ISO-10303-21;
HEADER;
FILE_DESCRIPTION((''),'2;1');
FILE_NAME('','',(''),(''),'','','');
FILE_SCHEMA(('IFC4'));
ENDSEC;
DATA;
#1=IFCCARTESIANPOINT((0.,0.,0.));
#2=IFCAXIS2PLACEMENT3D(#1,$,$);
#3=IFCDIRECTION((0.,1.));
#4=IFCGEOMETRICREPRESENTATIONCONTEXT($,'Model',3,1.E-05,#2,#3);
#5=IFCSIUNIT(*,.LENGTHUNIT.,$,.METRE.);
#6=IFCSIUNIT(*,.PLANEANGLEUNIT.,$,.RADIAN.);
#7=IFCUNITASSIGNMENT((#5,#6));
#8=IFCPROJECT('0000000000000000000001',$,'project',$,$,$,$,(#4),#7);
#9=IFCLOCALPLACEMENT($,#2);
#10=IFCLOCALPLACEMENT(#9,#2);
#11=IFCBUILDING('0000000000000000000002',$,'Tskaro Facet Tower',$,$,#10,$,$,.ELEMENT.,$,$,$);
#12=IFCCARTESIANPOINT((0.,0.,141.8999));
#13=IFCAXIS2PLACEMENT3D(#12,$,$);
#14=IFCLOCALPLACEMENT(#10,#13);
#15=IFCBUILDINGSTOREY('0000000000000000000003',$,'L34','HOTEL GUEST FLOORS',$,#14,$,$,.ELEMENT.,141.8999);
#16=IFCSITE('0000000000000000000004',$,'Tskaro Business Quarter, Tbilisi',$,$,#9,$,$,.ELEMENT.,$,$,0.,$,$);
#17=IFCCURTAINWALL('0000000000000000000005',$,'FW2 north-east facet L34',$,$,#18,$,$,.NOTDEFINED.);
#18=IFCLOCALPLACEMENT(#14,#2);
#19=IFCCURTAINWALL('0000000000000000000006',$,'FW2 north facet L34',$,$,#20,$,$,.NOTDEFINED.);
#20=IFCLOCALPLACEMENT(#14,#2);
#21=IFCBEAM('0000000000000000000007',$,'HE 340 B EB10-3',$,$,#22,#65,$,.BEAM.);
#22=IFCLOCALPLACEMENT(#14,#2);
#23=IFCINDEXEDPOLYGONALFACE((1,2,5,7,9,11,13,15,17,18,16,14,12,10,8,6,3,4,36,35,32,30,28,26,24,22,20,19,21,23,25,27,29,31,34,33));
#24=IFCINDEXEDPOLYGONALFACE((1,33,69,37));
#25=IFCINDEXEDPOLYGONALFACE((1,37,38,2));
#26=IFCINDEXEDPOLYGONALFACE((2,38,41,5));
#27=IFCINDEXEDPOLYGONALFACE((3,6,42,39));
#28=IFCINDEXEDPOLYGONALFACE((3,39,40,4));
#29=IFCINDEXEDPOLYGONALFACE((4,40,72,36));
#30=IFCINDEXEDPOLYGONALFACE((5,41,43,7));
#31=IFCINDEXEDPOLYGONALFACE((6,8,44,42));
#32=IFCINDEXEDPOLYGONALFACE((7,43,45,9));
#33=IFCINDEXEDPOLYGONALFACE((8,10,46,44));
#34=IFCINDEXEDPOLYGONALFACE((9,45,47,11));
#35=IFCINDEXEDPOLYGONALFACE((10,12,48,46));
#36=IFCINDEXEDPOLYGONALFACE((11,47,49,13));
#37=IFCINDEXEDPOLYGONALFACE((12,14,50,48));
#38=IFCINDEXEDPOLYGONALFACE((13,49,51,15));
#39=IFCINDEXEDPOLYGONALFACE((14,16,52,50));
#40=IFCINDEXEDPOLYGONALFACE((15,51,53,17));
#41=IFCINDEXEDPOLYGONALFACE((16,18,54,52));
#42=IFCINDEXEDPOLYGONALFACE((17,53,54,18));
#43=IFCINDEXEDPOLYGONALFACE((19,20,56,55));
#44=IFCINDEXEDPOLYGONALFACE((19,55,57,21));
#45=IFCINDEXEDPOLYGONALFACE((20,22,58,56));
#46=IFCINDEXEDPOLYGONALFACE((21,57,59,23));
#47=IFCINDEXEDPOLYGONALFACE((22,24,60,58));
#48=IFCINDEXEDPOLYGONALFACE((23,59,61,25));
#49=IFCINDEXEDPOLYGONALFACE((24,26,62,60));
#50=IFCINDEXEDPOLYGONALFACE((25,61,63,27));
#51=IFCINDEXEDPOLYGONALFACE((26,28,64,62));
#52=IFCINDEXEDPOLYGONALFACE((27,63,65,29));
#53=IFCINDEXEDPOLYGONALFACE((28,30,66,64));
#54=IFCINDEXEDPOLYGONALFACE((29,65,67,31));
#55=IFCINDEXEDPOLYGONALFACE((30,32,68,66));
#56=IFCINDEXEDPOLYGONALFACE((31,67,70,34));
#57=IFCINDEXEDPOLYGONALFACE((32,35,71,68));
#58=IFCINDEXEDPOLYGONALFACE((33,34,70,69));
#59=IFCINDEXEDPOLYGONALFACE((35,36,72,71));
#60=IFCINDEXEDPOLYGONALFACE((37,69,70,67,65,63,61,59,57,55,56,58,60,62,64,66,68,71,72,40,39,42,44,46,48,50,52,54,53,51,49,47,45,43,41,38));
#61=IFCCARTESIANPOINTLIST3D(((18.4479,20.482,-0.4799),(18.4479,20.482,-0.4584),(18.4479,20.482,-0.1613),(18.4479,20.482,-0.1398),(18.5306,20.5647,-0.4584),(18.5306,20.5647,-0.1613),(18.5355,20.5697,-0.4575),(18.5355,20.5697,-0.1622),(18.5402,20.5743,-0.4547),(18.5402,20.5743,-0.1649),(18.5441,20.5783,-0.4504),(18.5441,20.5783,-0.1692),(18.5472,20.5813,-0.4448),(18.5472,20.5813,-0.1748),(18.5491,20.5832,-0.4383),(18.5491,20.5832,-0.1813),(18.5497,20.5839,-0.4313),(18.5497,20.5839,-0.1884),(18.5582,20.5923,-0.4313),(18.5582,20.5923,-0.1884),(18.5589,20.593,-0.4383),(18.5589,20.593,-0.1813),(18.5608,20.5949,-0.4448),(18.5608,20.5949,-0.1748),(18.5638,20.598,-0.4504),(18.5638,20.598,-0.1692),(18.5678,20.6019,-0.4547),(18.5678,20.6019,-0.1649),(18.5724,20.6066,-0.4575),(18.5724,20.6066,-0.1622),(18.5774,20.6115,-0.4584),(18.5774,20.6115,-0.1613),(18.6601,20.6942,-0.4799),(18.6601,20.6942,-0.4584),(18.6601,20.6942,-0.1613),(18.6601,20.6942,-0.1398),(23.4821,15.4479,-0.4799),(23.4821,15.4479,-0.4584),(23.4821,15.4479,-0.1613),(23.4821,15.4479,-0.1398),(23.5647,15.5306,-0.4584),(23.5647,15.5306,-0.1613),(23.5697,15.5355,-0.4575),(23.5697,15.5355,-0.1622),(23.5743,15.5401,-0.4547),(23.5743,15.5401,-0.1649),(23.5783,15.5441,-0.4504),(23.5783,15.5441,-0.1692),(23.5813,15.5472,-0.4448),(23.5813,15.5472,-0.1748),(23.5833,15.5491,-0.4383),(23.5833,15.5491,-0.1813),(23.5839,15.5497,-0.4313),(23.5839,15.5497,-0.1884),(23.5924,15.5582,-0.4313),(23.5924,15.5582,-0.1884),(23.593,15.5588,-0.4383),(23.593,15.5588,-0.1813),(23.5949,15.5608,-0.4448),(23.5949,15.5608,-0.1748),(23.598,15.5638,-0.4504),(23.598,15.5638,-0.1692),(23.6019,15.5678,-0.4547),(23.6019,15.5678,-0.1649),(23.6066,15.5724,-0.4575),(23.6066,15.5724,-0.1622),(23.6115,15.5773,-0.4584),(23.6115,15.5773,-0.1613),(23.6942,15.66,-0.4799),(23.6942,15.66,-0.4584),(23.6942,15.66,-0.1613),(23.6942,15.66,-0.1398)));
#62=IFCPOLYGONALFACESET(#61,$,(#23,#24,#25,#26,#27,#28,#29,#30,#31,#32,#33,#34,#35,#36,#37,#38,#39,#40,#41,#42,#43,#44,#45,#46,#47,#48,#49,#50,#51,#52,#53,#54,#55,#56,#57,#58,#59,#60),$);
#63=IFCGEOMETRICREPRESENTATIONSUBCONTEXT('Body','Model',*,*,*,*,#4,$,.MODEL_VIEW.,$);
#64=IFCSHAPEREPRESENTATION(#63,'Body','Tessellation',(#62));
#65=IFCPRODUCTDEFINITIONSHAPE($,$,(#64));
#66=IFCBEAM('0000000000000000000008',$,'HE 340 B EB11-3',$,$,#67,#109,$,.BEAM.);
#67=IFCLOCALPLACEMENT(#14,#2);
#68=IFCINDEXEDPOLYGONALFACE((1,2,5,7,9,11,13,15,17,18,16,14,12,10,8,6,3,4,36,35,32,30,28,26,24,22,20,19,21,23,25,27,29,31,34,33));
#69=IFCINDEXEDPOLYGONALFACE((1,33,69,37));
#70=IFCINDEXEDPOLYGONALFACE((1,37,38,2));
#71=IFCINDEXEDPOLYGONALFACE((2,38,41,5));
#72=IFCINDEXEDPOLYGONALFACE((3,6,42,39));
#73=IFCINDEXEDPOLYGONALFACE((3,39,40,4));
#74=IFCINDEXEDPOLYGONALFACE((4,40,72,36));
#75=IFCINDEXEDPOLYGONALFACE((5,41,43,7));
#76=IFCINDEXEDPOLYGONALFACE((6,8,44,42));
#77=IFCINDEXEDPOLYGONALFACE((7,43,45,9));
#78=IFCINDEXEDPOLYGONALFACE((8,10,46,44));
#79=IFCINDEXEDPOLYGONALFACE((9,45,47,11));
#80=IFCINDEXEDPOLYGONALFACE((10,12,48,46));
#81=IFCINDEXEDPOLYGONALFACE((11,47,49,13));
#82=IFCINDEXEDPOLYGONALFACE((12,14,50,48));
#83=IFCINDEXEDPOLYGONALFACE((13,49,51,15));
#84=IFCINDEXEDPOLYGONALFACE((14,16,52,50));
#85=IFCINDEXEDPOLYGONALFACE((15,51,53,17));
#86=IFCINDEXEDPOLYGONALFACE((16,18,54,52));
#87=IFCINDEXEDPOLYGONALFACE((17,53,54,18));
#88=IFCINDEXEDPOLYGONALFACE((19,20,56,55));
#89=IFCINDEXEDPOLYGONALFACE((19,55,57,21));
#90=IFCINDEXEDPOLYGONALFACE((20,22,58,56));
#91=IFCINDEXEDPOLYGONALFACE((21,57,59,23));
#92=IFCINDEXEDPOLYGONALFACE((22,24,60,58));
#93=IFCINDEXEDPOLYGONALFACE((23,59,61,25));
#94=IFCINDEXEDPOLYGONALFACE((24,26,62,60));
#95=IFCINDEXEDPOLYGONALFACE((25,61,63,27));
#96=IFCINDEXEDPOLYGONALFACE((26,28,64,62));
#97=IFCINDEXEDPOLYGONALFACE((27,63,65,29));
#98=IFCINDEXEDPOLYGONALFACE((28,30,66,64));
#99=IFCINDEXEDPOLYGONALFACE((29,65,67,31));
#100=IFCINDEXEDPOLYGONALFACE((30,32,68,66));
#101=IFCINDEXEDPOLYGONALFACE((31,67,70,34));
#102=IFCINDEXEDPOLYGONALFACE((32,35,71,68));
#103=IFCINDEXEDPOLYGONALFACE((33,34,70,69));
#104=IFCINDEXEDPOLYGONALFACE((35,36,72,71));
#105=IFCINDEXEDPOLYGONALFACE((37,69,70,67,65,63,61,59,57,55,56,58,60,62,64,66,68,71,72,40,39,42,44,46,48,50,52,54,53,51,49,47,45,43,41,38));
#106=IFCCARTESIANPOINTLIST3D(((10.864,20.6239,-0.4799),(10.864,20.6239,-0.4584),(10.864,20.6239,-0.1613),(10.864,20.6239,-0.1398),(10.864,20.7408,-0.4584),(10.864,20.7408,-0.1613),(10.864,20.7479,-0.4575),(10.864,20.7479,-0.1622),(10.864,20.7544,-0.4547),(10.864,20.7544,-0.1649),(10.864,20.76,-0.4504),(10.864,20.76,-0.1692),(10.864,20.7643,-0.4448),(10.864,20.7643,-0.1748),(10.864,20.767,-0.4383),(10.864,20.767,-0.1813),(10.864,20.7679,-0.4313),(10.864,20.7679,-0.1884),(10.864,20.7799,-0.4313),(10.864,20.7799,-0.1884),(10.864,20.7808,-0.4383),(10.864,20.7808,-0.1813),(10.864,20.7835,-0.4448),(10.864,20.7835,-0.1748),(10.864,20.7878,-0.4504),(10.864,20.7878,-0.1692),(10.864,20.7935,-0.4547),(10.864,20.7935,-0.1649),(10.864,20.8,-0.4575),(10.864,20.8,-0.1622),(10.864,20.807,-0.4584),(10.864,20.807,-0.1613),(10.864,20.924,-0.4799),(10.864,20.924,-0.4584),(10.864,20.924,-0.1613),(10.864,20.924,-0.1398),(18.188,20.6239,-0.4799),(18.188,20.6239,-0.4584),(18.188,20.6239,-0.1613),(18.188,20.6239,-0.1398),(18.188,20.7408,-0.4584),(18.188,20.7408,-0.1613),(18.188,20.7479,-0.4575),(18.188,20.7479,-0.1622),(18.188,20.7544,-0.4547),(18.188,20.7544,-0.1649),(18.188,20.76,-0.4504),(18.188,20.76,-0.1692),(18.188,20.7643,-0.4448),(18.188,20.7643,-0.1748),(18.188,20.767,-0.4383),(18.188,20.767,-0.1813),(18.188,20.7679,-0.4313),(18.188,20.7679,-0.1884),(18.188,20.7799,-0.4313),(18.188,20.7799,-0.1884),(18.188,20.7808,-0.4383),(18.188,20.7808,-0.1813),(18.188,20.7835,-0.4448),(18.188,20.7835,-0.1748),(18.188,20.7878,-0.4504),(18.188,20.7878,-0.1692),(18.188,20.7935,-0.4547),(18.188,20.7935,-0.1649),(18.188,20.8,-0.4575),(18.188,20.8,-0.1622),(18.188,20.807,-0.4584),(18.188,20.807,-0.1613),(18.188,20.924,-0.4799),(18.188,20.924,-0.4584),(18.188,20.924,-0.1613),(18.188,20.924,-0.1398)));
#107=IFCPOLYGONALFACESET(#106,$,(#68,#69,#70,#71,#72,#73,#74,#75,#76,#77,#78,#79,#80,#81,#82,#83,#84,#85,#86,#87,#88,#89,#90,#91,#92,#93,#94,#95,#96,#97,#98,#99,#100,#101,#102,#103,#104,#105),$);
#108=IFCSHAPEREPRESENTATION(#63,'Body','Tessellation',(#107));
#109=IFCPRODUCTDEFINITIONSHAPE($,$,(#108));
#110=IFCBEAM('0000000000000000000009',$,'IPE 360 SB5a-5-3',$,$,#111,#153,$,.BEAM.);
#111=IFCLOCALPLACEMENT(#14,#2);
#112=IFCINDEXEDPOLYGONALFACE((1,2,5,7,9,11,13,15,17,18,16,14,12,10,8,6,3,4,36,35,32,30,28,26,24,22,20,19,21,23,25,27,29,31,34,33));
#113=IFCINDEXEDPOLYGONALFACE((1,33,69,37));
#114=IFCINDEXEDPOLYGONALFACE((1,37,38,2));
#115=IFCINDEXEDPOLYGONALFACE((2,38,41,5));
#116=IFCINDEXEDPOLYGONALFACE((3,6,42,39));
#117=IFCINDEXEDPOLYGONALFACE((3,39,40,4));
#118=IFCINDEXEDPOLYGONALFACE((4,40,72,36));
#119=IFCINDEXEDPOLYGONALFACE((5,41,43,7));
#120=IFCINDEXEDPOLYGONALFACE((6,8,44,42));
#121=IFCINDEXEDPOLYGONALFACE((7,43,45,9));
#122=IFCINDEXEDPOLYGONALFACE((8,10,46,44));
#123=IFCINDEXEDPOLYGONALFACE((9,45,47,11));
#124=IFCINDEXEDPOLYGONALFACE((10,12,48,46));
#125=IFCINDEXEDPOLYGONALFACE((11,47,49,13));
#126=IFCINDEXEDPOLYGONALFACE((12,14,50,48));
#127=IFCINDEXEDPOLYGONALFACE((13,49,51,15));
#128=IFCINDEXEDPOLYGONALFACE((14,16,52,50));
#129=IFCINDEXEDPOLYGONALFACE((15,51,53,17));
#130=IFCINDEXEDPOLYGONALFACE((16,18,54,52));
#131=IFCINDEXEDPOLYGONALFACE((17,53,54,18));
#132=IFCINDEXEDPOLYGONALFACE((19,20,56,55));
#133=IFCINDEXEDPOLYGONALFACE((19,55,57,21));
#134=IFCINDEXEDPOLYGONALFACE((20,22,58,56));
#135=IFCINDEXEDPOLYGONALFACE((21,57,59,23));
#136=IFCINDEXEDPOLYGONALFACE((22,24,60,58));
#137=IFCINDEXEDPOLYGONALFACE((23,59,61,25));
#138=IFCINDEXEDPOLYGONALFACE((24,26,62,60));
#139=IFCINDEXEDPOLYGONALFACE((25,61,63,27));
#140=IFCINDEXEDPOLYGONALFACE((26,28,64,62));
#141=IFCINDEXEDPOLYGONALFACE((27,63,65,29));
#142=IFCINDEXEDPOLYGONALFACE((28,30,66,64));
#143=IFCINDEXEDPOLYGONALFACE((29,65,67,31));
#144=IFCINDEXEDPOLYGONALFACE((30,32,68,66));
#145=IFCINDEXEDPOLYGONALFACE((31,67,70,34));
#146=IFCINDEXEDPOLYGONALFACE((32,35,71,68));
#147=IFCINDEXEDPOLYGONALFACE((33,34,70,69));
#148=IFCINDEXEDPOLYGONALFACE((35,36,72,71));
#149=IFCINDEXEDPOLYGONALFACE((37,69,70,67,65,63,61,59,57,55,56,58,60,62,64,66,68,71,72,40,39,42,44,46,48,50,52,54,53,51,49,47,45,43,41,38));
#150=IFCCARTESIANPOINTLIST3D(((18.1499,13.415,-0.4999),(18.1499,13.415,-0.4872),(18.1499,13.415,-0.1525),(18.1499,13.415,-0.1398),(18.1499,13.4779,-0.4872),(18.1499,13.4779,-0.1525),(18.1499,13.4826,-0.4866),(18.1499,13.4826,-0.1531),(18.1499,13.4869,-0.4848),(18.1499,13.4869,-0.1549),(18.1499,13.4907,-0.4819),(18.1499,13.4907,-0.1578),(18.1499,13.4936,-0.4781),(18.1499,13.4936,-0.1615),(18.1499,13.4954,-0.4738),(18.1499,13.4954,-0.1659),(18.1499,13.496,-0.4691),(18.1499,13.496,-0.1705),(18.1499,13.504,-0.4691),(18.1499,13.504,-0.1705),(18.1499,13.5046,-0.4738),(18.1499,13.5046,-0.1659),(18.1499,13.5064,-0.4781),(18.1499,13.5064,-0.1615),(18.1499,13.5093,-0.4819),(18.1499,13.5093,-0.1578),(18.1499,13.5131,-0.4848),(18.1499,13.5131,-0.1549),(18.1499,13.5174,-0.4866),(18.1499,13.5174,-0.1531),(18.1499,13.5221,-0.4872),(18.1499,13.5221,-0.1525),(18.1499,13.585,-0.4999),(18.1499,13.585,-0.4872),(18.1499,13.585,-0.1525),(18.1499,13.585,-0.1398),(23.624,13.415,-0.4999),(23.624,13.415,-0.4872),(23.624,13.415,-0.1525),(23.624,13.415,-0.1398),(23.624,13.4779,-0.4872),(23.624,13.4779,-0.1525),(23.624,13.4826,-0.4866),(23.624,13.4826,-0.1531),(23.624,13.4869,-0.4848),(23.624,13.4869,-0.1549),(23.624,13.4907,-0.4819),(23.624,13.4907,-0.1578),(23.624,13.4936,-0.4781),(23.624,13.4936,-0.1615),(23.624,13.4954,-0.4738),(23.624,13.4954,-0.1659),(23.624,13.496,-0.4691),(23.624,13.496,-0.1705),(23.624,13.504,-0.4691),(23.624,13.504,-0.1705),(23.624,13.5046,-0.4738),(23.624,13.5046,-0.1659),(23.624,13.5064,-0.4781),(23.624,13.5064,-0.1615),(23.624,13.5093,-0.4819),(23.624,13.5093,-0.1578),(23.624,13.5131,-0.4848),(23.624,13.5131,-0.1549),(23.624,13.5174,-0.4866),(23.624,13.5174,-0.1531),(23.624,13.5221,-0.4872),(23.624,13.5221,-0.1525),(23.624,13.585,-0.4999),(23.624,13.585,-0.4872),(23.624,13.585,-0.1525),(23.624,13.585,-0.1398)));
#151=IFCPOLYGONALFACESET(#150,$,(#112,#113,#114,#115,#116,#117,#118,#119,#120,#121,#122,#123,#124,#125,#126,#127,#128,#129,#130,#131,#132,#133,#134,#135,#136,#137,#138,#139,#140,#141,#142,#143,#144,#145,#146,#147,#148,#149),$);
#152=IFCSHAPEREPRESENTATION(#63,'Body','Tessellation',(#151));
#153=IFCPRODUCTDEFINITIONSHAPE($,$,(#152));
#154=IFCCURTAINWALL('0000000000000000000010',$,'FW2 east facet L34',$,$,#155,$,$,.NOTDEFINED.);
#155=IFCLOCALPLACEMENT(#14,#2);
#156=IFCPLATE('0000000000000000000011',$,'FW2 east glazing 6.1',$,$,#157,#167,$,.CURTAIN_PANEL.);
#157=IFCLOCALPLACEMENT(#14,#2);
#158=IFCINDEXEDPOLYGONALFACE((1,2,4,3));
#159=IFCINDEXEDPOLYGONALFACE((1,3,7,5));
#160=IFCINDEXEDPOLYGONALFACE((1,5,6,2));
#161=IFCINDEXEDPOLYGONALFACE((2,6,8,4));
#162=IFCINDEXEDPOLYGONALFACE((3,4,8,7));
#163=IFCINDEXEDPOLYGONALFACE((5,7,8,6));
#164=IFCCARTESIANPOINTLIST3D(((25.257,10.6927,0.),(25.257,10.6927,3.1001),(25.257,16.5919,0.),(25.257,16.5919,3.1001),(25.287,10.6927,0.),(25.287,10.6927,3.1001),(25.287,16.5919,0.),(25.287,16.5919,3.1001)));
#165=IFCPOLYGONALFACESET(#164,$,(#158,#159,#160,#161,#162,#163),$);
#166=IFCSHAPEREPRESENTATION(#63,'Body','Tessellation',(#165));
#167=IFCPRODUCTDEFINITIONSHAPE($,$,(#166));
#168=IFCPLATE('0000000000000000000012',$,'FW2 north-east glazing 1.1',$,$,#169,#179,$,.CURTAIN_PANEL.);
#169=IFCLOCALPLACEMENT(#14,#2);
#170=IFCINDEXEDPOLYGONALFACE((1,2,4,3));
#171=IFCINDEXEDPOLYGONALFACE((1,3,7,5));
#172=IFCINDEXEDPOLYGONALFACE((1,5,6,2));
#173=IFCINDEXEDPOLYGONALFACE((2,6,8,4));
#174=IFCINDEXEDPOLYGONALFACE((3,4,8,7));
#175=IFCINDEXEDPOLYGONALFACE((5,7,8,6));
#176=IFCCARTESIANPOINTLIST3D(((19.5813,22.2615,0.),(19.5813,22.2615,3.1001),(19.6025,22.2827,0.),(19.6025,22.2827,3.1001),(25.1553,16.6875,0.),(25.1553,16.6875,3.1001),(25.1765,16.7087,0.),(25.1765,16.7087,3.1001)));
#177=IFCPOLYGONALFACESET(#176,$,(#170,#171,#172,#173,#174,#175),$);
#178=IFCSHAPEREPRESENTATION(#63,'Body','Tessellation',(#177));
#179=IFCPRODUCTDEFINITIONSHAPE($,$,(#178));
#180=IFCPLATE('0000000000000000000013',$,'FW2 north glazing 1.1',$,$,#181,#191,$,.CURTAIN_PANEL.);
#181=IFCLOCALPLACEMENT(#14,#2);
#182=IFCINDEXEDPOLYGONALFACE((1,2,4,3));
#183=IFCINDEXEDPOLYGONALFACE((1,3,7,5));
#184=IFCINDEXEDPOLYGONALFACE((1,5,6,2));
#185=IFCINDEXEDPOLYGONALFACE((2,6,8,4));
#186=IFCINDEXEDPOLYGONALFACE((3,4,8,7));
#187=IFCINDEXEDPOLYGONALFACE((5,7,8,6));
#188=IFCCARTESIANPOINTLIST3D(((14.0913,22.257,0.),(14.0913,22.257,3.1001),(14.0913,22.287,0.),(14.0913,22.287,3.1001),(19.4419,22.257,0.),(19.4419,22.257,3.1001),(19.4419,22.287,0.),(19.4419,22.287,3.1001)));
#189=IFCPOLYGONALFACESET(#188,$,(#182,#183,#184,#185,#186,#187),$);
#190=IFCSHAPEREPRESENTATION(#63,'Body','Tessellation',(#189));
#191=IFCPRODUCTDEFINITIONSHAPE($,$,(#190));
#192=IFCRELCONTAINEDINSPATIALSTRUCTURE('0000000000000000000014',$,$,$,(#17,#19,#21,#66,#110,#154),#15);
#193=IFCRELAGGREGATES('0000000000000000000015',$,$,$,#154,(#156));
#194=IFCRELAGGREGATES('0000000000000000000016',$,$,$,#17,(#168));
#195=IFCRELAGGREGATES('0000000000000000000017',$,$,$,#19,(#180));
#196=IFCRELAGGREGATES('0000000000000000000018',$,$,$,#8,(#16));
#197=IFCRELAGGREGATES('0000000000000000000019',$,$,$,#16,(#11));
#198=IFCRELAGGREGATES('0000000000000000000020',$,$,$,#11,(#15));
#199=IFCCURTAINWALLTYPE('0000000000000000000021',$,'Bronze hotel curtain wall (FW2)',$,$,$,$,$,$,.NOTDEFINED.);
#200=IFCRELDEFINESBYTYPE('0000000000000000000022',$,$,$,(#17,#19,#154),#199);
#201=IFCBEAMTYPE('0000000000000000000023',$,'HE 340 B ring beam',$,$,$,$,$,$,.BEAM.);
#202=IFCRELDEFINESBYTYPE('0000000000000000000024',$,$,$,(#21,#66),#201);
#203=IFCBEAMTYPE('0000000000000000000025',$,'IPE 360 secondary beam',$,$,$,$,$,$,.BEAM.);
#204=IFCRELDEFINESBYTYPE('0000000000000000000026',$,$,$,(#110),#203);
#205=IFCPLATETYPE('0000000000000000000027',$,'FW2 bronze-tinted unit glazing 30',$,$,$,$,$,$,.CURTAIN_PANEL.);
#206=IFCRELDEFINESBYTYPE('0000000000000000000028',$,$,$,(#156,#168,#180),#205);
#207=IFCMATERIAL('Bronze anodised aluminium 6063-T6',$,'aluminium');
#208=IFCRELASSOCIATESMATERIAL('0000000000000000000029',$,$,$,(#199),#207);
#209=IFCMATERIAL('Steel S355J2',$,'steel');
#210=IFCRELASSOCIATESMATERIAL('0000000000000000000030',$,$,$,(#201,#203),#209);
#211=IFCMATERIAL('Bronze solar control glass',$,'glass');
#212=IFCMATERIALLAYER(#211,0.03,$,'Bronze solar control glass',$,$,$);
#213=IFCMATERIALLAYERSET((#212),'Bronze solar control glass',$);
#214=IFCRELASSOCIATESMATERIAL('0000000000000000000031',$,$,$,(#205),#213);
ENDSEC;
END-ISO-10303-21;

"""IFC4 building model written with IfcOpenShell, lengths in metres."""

from ifc_helpers import new_model, si_unit, direction, frame, origin, origin_2d, place, context, subcontext, project, spatial, rectangle, i_section, extrude, material, layer, layer_set, material_profile, profile_set, type_object, element, aggregate, save


model = new_model("IFC4")

# Units and contexts
model_context = context("Model", 3, precision=1e-05, world=origin(), true_north=direction((0.0, 1.0)))
body_context = subcontext(model_context, "Body", "Model", "MODEL_VIEW")
ifc_project = project(units=[si_unit("LENGTHUNIT", "METRE"), si_unit("PLANEANGLEUNIT", "RADIAN")], contexts=[model_context])

# Site, building, storey
site_placement = place(None, origin())
site = spatial("IfcSite", under=ifc_project, at=site_placement, Name="Tskaro Business Quarter, Tbilisi", CompositionType="ELEMENT", RefElevation=0.0)
building_placement = place(site_placement, origin())
building = spatial("IfcBuilding", under=site, at=building_placement, Name="Tskaro Facet Tower", CompositionType="ELEMENT")
storey_placement = place(building_placement, frame((0.0, 0.0, 141.8999)))
storey = spatial("IfcBuildingStorey", under=building, at=storey_placement, Name="L34", Description="HOTEL GUEST FLOORS", CompositionType="ELEMENT", Elevation=141.8999)

# Curtain walls
ifc_material_1 = material(Name="Bronze anodised aluminium 6063-T6", Category="aluminium")
curtain_wall_type = type_object("IfcCurtainWallType", Name="Bronze hotel curtain wall (FW2)", PredefinedType="NOTDEFINED", material=ifc_material_1)
curtain_wall_1_placement = place(storey_placement, origin())
curtain_wall_1 = element("IfcCurtainWall", 1, at=curtain_wall_1_placement, inside=storey, type_object=curtain_wall_type, Name="FW2 north-east facet L34", PredefinedType="NOTDEFINED")
curtain_wall_2_placement = place(storey_placement, origin())
curtain_wall_2 = element("IfcCurtainWall", 2, at=curtain_wall_2_placement, inside=storey, type_object=curtain_wall_type, Name="FW2 north facet L34", PredefinedType="NOTDEFINED")

# Beams
ifc_material_2 = material(Name="Steel S355J2", Category="steel")
ifc_material_profile_1 = material_profile(ifc_material_2, i_section(OverallWidth=0.3, OverallDepth=0.3401, WebThickness=0.012, FlangeThickness=0.0215, FilletRadius=0.0271, at=origin_2d()), Name="HE 340 B")
ifc_profile_set_1 = profile_set([ifc_material_profile_1], Name="Steel S355J2")
beam_type_1 = type_object("IfcBeamType", Name="HE 340 B ring beam", PredefinedType="BEAM", material=ifc_profile_set_1)
beam_1_placement = place(storey_placement, frame((23.5881, 15.554, -0.3098), z_axis=(-0.707107, 0.707107, 0.0), x_axis=(-0.707107, -0.707107, 0.0)))
element("IfcBeam", 3, at=beam_1_placement, inside=storey, type_object=beam_type_1, Name="HE 340 B EB10-3", PredefinedType="BEAM", context=body_context, shape_type="SweptSolid", body=[
    extrude(i_section(OverallWidth=0.3, OverallDepth=0.3401, WebThickness=0.012, FlangeThickness=0.0215, FilletRadius=0.0271, at=origin_2d()), origin(), (0.0, 0.0, 1.0), 7.1194),
])
beam_2_placement = place(storey_placement, frame((18.188, 20.7739, -0.3098), z_axis=(-1.0, 0.0, 0.0), x_axis=(0.0, -1.0, 0.0)))
element("IfcBeam", 4, at=beam_2_placement, inside=storey, type_object=beam_type_1, Name="HE 340 B EB11-3", PredefinedType="BEAM", context=body_context, shape_type="SweptSolid", body=[
    extrude(i_section(OverallWidth=0.3, OverallDepth=0.3401, WebThickness=0.012, FlangeThickness=0.0215, FilletRadius=0.0271, at=origin_2d()), origin(), (0.0, 0.0, 1.0), 7.324),
])
ifc_material_profile_2 = material_profile(ifc_material_2, i_section(OverallWidth=0.1699, OverallDepth=0.3601, WebThickness=0.0081, FlangeThickness=0.0127, FilletRadius=0.0181, at=origin_2d()), Name="IPE 360")
ifc_profile_set_2 = profile_set([ifc_material_profile_2], Name="Steel S355J2")
beam_type_2 = type_object("IfcBeamType", Name="IPE 360 secondary beam", PredefinedType="BEAM", material=ifc_profile_set_2)
beam_3_placement = place(storey_placement, frame((18.1499, 13.5, -0.3198), z_axis=(1.0, 0.0, 0.0), x_axis=(0.0, 1.0, 0.0)))
element("IfcBeam", 5, at=beam_3_placement, inside=storey, type_object=beam_type_2, Name="IPE 360 SB5a-5-3", PredefinedType="BEAM", context=body_context, shape_type="SweptSolid", body=[
    extrude(i_section(OverallWidth=0.1699, OverallDepth=0.3601, WebThickness=0.0081, FlangeThickness=0.0127, FilletRadius=0.0181, at=origin_2d()), origin(), (0.0, 0.0, 1.0), 5.4741),
])

# Curtain wall, plate
curtain_wall_3_placement = place(storey_placement, origin())
curtain_wall_3 = element("IfcCurtainWall", 6, at=curtain_wall_3_placement, inside=storey, type_object=curtain_wall_type, Name="FW2 east facet L34", PredefinedType="NOTDEFINED")
ifc_material_3 = material(Name="Bronze solar control glass", Category="glass")
ifc_layer_1 = layer(ifc_material_3, 0.03, Name="Bronze solar control glass")
ifc_layer_set_1 = layer_set([ifc_layer_1], Name="Bronze solar control glass")
plate_type = type_object("IfcPlateType", Name="FW2 bronze-tinted unit glazing 30", PredefinedType="CURTAIN_PANEL", material=ifc_layer_set_1)
plate_1_placement = place(storey_placement, frame((25.272, 13.6423, 0.0), z_axis=(0.0, 0.0, 1.0), x_axis=(0.0, 1.0, 0.0)))
plate_1 = element("IfcPlate", 7, at=plate_1_placement, type_object=plate_type, Name="FW2 east glazing 6.1", PredefinedType="CURTAIN_PANEL", context=body_context, shape_type="SweptSolid", body=[
    extrude(rectangle(XDim=5.8992, YDim=0.03, at=origin_2d()), origin(), (0.0, 0.0, 1.0), 3.1001),
])
aggregate(curtain_wall_3, [plate_1])

# Plates
plate_2_placement = place(storey_placement, frame((22.3789, 19.4851, 0.0), z_axis=(0.0, 0.0, 1.0), x_axis=(-0.707107, 0.707107, 0.0)))
plate_2 = element("IfcPlate", 8, at=plate_2_placement, type_object=plate_type, Name="FW2 north-east glazing 1.1", PredefinedType="CURTAIN_PANEL", context=body_context, shape_type="SweptSolid", body=[
    extrude(rectangle(XDim=7.8828, YDim=0.03, at=origin_2d()), origin(), (0.0, 0.0, 1.0), 3.1001),
])
aggregate(curtain_wall_1, [plate_2])
plate_3_placement = place(storey_placement, frame((16.7666, 22.272, 0.0), z_axis=(0.0, 0.0, 1.0), x_axis=(-1.0, 0.0, 0.0)))
plate_3 = element("IfcPlate", 9, at=plate_3_placement, type_object=plate_type, Name="FW2 north glazing 1.1", PredefinedType="CURTAIN_PANEL", context=body_context, shape_type="SweptSolid", body=[
    extrude(rectangle(XDim=5.3506, YDim=0.03, at=origin_2d()), origin(), (0.0, 0.0, 1.0), 3.1001),
])
aggregate(curtain_wall_2, [plate_3])

save(model, "model.ifc")
